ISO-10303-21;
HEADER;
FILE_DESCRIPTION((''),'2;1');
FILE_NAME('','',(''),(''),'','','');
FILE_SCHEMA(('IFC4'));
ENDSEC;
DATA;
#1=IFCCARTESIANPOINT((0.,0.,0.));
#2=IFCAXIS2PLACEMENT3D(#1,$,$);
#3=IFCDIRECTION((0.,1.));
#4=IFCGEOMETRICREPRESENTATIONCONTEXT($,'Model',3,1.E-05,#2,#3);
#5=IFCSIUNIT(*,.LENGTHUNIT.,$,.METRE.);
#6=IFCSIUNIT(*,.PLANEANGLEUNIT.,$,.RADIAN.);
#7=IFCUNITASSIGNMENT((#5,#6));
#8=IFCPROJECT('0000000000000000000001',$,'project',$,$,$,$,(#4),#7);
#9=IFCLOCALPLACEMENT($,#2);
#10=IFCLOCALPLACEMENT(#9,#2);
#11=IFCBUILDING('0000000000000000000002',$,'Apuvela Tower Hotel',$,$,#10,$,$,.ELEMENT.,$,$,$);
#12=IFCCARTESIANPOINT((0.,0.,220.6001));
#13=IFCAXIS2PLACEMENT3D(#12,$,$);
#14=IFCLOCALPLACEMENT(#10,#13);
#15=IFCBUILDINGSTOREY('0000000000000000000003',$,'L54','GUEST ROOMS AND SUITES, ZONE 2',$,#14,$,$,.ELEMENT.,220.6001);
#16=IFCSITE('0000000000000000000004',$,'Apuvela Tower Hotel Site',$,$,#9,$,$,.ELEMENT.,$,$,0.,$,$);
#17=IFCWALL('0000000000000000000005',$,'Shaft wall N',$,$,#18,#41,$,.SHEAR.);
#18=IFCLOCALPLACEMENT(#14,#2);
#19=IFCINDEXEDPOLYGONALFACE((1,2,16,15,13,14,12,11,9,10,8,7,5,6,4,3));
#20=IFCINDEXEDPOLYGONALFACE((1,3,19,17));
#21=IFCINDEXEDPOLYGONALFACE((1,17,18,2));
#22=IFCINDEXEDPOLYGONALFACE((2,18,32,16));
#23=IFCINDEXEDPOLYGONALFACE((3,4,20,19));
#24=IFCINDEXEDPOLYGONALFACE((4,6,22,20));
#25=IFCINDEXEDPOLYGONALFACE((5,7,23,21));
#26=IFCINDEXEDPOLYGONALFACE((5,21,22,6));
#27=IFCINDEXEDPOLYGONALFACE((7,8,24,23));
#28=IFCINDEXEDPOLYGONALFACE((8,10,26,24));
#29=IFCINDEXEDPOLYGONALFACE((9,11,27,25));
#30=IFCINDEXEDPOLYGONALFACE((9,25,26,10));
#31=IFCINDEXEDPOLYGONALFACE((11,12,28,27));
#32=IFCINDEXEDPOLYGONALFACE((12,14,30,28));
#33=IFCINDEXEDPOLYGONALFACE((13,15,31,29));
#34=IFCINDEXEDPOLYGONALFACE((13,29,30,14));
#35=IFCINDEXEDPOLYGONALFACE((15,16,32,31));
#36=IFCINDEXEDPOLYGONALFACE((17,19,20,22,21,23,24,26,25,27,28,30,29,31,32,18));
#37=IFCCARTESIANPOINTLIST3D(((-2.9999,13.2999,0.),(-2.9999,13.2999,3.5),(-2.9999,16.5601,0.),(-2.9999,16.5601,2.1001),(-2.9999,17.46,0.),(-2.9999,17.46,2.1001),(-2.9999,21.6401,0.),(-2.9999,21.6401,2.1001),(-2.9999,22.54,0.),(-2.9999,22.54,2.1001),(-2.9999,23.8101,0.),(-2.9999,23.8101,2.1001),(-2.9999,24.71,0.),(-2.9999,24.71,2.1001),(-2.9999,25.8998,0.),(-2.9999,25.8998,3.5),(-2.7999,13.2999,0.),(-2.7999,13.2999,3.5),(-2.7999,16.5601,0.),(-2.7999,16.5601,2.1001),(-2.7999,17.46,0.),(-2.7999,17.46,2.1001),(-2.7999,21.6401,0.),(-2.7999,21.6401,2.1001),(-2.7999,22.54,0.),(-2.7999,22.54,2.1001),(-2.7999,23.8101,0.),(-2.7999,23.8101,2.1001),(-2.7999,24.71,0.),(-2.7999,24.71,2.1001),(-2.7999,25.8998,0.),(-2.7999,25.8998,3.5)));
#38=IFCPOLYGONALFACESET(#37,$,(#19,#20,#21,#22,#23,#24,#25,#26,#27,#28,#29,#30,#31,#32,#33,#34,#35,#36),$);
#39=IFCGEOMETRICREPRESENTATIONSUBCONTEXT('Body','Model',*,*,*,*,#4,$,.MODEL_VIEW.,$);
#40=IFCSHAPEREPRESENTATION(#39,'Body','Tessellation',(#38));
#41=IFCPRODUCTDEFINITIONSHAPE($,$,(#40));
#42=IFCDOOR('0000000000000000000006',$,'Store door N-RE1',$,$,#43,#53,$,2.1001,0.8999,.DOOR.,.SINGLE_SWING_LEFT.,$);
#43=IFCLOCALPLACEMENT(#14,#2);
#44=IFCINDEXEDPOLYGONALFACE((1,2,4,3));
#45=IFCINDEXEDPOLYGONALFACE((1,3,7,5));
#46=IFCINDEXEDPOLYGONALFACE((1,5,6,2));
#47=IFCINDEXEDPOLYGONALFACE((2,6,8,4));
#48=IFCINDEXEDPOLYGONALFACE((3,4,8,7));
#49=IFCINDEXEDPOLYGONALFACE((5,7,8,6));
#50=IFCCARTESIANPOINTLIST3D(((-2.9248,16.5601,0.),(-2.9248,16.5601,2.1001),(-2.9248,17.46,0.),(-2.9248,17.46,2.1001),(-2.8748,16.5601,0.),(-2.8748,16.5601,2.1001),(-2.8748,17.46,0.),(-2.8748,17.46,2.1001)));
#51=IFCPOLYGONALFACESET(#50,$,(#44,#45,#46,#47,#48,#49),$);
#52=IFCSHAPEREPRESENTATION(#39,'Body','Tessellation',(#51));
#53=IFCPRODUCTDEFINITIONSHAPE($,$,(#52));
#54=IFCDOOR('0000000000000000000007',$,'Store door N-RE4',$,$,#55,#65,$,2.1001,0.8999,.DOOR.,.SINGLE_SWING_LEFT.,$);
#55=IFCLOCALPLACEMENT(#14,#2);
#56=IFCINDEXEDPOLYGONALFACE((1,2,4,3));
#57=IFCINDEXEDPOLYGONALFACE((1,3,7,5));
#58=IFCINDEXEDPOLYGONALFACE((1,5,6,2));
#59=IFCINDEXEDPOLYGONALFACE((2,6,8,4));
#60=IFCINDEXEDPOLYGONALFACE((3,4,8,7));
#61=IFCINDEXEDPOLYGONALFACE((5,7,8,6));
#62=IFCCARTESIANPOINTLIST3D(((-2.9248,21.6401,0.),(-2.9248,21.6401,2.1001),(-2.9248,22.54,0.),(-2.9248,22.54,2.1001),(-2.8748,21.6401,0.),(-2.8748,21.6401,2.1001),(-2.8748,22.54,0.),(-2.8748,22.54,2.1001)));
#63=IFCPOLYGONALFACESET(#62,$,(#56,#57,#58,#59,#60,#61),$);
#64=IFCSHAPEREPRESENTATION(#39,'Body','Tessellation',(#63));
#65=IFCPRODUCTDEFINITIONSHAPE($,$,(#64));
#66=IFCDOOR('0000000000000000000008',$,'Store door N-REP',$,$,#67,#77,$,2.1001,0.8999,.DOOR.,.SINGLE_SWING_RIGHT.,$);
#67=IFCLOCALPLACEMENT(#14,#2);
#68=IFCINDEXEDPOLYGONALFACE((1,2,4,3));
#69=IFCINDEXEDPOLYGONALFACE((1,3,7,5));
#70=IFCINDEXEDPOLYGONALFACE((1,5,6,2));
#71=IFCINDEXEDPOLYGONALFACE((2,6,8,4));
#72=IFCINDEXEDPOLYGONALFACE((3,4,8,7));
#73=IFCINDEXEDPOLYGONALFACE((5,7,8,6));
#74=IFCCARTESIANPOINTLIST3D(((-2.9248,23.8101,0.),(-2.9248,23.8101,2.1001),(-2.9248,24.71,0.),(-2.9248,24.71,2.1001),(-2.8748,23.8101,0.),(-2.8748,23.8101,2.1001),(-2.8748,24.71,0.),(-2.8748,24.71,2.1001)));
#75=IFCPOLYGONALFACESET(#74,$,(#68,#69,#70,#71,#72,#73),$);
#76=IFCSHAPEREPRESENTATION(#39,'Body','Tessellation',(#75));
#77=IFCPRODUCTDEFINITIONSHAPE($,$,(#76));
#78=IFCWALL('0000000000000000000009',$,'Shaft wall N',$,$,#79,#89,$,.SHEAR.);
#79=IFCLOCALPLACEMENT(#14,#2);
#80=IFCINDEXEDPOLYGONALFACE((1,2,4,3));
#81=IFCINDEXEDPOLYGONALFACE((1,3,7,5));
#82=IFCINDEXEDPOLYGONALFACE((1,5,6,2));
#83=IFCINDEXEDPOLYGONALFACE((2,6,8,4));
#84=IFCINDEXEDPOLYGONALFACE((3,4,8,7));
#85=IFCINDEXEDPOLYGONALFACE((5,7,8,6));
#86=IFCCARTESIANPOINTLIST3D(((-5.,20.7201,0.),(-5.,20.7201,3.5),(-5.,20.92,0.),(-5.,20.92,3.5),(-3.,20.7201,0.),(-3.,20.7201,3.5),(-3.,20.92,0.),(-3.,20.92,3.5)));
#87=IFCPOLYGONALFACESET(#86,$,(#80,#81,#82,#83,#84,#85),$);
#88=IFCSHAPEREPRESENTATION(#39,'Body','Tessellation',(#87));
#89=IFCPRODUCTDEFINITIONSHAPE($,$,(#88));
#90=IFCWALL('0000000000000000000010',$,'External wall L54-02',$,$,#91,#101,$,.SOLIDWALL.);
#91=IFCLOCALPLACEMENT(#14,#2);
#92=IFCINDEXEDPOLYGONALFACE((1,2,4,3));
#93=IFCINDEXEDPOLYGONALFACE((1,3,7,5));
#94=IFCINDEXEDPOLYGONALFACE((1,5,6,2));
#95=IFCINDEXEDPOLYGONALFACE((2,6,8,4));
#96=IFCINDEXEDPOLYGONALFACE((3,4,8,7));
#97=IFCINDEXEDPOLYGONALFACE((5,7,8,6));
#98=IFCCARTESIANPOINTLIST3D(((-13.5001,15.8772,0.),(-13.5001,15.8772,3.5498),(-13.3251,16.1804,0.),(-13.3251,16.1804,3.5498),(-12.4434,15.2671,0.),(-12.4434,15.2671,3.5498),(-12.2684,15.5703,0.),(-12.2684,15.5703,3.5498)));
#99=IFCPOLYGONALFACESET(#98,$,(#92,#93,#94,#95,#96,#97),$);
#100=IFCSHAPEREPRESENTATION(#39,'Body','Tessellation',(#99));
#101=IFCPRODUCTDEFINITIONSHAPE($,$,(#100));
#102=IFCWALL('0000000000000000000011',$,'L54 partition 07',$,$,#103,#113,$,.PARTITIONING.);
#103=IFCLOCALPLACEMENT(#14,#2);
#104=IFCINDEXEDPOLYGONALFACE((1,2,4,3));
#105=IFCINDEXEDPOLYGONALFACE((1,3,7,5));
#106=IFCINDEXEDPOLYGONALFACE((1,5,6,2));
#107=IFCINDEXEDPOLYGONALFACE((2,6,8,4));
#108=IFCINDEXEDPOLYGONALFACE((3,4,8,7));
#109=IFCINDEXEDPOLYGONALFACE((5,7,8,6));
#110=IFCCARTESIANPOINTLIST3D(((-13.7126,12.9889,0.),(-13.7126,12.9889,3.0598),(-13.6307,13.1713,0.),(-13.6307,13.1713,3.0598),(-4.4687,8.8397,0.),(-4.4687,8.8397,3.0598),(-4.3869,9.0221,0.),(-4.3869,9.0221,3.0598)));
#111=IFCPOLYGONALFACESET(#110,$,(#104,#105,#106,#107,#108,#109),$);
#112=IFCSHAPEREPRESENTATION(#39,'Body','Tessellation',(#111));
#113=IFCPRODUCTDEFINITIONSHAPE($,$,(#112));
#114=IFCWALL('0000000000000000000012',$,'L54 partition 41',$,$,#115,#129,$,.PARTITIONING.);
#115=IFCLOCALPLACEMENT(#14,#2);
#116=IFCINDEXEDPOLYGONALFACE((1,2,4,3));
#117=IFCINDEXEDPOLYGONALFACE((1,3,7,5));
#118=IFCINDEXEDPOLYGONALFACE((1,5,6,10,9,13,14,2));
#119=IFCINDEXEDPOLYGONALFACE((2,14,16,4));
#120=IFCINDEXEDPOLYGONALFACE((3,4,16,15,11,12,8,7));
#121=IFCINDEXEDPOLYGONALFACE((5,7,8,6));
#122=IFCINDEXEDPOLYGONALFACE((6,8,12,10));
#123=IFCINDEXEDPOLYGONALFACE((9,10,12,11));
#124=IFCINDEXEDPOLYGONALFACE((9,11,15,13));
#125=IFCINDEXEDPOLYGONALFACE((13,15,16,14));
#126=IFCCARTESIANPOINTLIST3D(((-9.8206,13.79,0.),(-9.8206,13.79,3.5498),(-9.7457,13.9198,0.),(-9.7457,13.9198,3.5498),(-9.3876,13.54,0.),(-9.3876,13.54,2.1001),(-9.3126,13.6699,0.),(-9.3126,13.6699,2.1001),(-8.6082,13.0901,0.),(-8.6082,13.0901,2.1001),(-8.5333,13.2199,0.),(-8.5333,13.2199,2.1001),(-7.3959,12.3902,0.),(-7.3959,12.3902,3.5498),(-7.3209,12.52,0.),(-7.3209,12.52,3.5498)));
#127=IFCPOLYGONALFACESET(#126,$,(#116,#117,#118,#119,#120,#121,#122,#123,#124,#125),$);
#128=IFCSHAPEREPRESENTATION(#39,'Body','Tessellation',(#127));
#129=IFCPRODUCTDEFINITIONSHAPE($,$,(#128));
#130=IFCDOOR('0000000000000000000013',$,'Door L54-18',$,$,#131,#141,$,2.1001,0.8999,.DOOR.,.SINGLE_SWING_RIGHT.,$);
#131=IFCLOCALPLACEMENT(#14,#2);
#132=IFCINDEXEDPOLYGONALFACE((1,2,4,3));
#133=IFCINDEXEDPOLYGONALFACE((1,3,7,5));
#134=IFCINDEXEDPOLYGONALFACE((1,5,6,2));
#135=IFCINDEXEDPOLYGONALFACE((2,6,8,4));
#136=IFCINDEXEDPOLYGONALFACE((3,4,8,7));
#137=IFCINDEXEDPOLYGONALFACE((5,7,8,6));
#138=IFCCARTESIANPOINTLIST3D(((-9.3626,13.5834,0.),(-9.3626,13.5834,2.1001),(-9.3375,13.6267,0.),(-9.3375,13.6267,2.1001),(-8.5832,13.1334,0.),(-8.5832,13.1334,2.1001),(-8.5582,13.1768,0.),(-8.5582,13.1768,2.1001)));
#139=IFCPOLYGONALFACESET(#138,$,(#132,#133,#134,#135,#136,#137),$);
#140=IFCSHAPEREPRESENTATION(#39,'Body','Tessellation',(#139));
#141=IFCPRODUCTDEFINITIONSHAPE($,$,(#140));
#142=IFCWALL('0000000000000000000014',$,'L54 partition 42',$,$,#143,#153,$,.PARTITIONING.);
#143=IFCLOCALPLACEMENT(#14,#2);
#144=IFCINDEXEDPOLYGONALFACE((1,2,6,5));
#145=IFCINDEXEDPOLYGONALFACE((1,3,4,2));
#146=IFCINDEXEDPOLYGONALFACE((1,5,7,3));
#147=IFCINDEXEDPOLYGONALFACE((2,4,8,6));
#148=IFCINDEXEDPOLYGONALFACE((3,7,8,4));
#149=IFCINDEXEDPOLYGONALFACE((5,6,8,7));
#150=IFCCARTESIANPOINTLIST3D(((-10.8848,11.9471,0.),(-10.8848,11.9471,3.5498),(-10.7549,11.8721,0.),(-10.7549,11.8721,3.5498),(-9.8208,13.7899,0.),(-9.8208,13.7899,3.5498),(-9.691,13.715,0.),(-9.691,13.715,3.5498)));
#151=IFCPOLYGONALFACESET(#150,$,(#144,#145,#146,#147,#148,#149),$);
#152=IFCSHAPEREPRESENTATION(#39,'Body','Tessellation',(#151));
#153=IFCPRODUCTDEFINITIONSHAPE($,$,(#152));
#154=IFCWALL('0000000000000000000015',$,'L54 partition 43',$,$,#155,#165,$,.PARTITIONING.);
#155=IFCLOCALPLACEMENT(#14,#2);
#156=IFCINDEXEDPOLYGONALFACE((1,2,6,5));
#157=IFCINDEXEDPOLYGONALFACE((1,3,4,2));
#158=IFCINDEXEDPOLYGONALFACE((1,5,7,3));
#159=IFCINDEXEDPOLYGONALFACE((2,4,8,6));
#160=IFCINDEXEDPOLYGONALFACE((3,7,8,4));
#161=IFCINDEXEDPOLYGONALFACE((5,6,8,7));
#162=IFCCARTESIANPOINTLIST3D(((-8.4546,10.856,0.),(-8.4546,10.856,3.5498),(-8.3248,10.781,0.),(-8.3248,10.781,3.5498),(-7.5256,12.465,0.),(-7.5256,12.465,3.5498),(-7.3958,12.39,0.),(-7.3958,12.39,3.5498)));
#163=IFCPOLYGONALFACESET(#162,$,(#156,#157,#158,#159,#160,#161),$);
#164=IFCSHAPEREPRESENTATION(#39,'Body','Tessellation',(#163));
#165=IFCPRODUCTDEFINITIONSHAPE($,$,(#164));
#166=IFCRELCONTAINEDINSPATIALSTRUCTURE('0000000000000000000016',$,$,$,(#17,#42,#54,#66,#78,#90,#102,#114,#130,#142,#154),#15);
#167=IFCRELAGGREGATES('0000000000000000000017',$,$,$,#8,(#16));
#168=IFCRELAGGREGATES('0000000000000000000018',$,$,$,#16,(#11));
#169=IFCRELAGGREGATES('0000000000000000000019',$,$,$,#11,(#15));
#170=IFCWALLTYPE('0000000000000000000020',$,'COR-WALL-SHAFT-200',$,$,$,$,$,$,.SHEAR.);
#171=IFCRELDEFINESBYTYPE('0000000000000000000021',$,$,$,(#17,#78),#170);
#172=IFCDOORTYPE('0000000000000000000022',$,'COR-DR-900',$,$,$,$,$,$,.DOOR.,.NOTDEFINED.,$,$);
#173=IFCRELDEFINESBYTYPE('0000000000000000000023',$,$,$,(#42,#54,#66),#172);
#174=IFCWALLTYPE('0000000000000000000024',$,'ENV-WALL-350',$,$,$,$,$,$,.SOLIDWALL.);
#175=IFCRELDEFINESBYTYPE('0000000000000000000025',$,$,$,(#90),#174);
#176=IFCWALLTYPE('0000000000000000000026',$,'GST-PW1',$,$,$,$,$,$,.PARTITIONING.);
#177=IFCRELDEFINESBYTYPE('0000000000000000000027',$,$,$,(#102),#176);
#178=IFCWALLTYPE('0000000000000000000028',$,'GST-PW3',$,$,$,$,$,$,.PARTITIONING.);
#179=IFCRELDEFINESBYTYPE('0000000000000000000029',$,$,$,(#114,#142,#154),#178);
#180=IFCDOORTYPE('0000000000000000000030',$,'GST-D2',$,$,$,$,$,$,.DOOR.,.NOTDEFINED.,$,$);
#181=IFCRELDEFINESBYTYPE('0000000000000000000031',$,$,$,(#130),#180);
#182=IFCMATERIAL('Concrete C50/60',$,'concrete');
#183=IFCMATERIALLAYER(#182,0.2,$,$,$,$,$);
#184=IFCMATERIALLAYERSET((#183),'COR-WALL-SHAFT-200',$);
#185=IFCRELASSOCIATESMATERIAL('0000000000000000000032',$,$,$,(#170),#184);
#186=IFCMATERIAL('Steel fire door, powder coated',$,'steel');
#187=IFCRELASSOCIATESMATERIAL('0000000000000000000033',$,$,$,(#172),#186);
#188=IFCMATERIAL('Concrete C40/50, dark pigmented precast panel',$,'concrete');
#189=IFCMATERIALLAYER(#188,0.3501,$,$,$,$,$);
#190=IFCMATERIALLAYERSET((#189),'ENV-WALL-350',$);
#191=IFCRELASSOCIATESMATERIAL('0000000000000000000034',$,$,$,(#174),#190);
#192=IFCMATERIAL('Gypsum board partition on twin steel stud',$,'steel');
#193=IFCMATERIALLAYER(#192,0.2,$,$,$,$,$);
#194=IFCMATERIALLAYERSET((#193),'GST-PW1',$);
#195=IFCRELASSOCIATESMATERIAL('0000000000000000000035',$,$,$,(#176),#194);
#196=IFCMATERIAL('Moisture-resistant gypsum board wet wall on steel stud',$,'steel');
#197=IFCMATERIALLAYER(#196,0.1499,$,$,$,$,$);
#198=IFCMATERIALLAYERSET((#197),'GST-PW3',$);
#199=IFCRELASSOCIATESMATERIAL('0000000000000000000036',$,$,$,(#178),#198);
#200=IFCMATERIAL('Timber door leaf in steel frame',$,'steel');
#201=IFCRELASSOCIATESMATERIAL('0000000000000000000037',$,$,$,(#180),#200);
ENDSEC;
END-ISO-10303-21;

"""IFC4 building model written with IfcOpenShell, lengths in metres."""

from ifc_helpers import new_model, si_unit, direction, frame, frame_2d, origin, place, context, subcontext, project, spatial, rectangle, extrude, material, layer, layer_set, type_object, element, fill, save


model = new_model("IFC4")

# Units and contexts
model_context = context("Model", 3, precision=1e-05, world=origin(), true_north=direction((0.0, 1.0)))
body_context = subcontext(model_context, "Body", "Model", "MODEL_VIEW")
ifc_project = project(units=[si_unit("LENGTHUNIT", "METRE"), si_unit("PLANEANGLEUNIT", "RADIAN")], contexts=[model_context])

# Site, building, storey
site_placement = place(None, origin())
site = spatial("IfcSite", under=ifc_project, at=site_placement, Name="Apuvela Tower Hotel Site", CompositionType="ELEMENT", RefElevation=0.0)
building_placement = place(site_placement, origin())
building = spatial("IfcBuilding", under=site, at=building_placement, Name="Apuvela Tower Hotel", CompositionType="ELEMENT")
storey_placement = place(building_placement, frame((0.0, 0.0, 220.6001)))
storey = spatial("IfcBuildingStorey", under=building, at=storey_placement, Name="L54", Description="GUEST ROOMS AND SUITES, ZONE 2", CompositionType="ELEMENT", Elevation=220.6001)

# Shared definitions
ifc_material_1 = material(Name="Concrete C50/60", Category="concrete")
ifc_layer_1 = layer(ifc_material_1, 0.2)
ifc_layer_set_1 = layer_set([ifc_layer_1], Name="COR-WALL-SHAFT-200")
wall_type_1 = type_object("IfcWallType", Name="COR-WALL-SHAFT-200", PredefinedType="SHEAR", material=ifc_layer_set_1)

# Wall, openings, doors
wall_1_placement = place(storey_placement, frame((-2.8999, 13.3, 0.0), z_axis=(0.0, 0.0, 1.0), x_axis=(0.0, 1.0, 0.0)))
wall_1 = element("IfcWall", 1, at=wall_1_placement, inside=storey, type_object=wall_type_1, Name="Shaft wall N", PredefinedType="SHEAR", context=body_context, shape_type="SweptSolid", body=[
    extrude(rectangle(XDim=12.5999, YDim=0.2, at=frame_2d((6.2998, 0.0))), origin(), (0.0, 0.0, 1.0), 3.5),
])
opening_1_placement = place(wall_1_placement, frame((3.26, 0.0, 0.0)))
opening_1 = element("IfcOpeningElement", 2, at=opening_1_placement, cuts=wall_1, PredefinedType="OPENING", context=body_context, shape_type="SweptSolid", body=[
    extrude(rectangle(XDim=0.8999, YDim=2.1001, at=frame_2d((0.45, 1.05))), frame((0.0, 0.1099, 0.0), z_axis=(0.0, -1.0, 0.0), x_axis=(1.0, 0.0, 0.0)), (0.0, 0.0, 1.0), 0.22),
])
opening_2_placement = place(wall_1_placement, frame((8.3401, 0.0, 0.0)))
opening_2 = element("IfcOpeningElement", 3, at=opening_2_placement, cuts=wall_1, PredefinedType="OPENING", context=body_context, shape_type="SweptSolid", body=[
    extrude(rectangle(XDim=0.8999, YDim=2.1001, at=frame_2d((0.45, 1.05))), frame((0.0, 0.1099, 0.0), z_axis=(0.0, -1.0, 0.0), x_axis=(1.0, 0.0, 0.0)), (0.0, 0.0, 1.0), 0.22),
])
opening_3_placement = place(wall_1_placement, frame((10.51, 0.0, 0.0)))
opening_3 = element("IfcOpeningElement", 4, at=opening_3_placement, cuts=wall_1, PredefinedType="OPENING", context=body_context, shape_type="SweptSolid", body=[
    extrude(rectangle(XDim=0.8999, YDim=2.1001, at=frame_2d((0.45, 1.05))), frame((0.0, 0.1099, 0.0), z_axis=(0.0, -1.0, 0.0), x_axis=(1.0, 0.0, 0.0)), (0.0, 0.0, 1.0), 0.22),
])
ifc_material_2 = material(Name="Steel fire door, powder coated", Category="steel")
door_type_1 = type_object("IfcDoorType", Name="COR-DR-900", OperationType="NOTDEFINED", PredefinedType="DOOR", material=ifc_material_2)
door_1_placement = place(opening_1_placement, origin())
door_1 = element("IfcDoor", 5, at=door_1_placement, inside=storey, type_object=door_type_1, Name="Store door N-RE1", OperationType="SINGLE_SWING_LEFT", OverallHeight=2.1001, OverallWidth=0.8999, PredefinedType="DOOR", context=body_context, shape_type="SweptSolid", body=[
    extrude(rectangle(XDim=0.8999, YDim=2.1001, at=frame_2d((0.45, 1.05))), frame((0.0, 0.0249, 0.0), z_axis=(0.0, -1.0, 0.0), x_axis=(1.0, 0.0, 0.0)), (0.0, 0.0, 1.0), 0.05),
])
fill(opening_1, door_1)
door_2_placement = place(opening_2_placement, origin())
door_2 = element("IfcDoor", 6, at=door_2_placement, inside=storey, type_object=door_type_1, Name="Store door N-RE4", OperationType="SINGLE_SWING_LEFT", OverallHeight=2.1001, OverallWidth=0.8999, PredefinedType="DOOR", context=body_context, shape_type="SweptSolid", body=[
    extrude(rectangle(XDim=0.8999, YDim=2.1001, at=frame_2d((0.45, 1.05))), frame((0.0, 0.0249, 0.0), z_axis=(0.0, -1.0, 0.0), x_axis=(1.0, 0.0, 0.0)), (0.0, 0.0, 1.0), 0.05),
])
fill(opening_2, door_2)
door_3_placement = place(opening_3_placement, origin())
door_3 = element("IfcDoor", 7, at=door_3_placement, inside=storey, type_object=door_type_1, Name="Store door N-REP", OperationType="SINGLE_SWING_RIGHT", OverallHeight=2.1001, OverallWidth=0.8999, PredefinedType="DOOR", context=body_context, shape_type="SweptSolid", body=[
    extrude(rectangle(XDim=0.8999, YDim=2.1001, at=frame_2d((0.45, 1.05))), frame((0.0, 0.0249, 0.0), z_axis=(0.0, -1.0, 0.0), x_axis=(1.0, 0.0, 0.0)), (0.0, 0.0, 1.0), 0.05),
])
fill(opening_3, door_3)

# Walls
wall_2_placement = place(storey_placement, frame((-3.0, 20.8201, 0.0), z_axis=(0.0, 0.0, 1.0), x_axis=(-1.0, 0.0, 0.0)))
element("IfcWall", 8, at=wall_2_placement, inside=storey, type_object=wall_type_1, Name="Shaft wall N", PredefinedType="SHEAR", context=body_context, shape_type="SweptSolid", body=[
    extrude(rectangle(XDim=2.0, YDim=0.2, at=frame_2d((1.0, 0.0))), origin(), (0.0, 0.0, 1.0), 3.5),
])
ifc_material_3 = material(Name="Concrete C40/50, dark pigmented precast panel", Category="concrete")
ifc_layer_2 = layer(ifc_material_3, 0.3501)
ifc_layer_set_2 = layer_set([ifc_layer_2], Name="ENV-WALL-350")
wall_type_2 = type_object("IfcWallType", Name="ENV-WALL-350", PredefinedType="SOLIDWALL", material=ifc_layer_set_2)
wall_3_placement = place(storey_placement, frame((-13.4126, 16.0288, 0.0), z_axis=(0.0, 0.0, 1.0), x_axis=(0.866006, -0.500034, 0.0)))
element("IfcWall", 9, at=wall_3_placement, inside=storey, type_object=wall_type_2, Name="External wall L54-02", PredefinedType="SOLIDWALL", context=body_context, shape_type="SweptSolid", body=[
    extrude(rectangle(XDim=1.2202, YDim=0.3501, at=frame_2d((0.6101, 0.0))), origin(), (0.0, 0.0, 1.0), 3.5498),
])

# Wall
ifc_material_4 = material(Name="Gypsum board partition on twin steel stud", Category="steel")
ifc_layer_3 = layer(ifc_material_4, 0.2)
ifc_layer_set_3 = layer_set([ifc_layer_3], Name="GST-PW1")
wall_type_3 = type_object("IfcWallType", Name="GST-PW1", PredefinedType="PARTITIONING", material=ifc_layer_set_3)
wall_4_placement = place(storey_placement, frame((-13.6716, 13.0801, 0.0), z_axis=(0.0, 0.0, 1.0), x_axis=(0.912312, -0.409496, 0.0)))
element("IfcWall", 10, at=wall_4_placement, inside=storey, type_object=wall_type_3, Name="L54 partition 07", PredefinedType="PARTITIONING", context=body_context, shape_type="SweptSolid", body=[
    extrude(rectangle(XDim=10.1323, YDim=0.2, at=frame_2d((5.0662, 0.0))), origin(), (0.0, 0.0, 1.0), 3.0598),
])

# Wall, opening, door
ifc_material_5 = material(Name="Moisture-resistant gypsum board wet wall on steel stud", Category="steel")
ifc_layer_4 = layer(ifc_material_5, 0.1499)
ifc_layer_set_4 = layer_set([ifc_layer_4], Name="GST-PW3")
wall_type_4 = type_object("IfcWallType", Name="GST-PW3", PredefinedType="PARTITIONING", material=ifc_layer_set_4)
wall_5_placement = place(storey_placement, frame((-7.3584, 12.4551, 0.0), z_axis=(0.0, 0.0, 1.0), x_axis=(-0.866035, 0.499984, 0.0)))
wall_5 = element("IfcWall", 11, at=wall_5_placement, inside=storey, type_object=wall_type_4, Name="L54 partition 41", PredefinedType="PARTITIONING", context=body_context, shape_type="SweptSolid", body=[
    extrude(rectangle(XDim=2.7998, YDim=0.1499, at=frame_2d((1.3999, 0.0))), origin(), (0.0, 0.0, 1.0), 3.5498),
])
opening_4_placement = place(wall_5_placement, frame((1.3999, 0.0, 0.0)))
opening_4 = element("IfcOpeningElement", 12, at=opening_4_placement, cuts=wall_5, PredefinedType="OPENING", context=body_context, shape_type="SweptSolid", body=[
    extrude(rectangle(XDim=0.8999, YDim=2.1001, at=frame_2d((0.45, 1.05))), frame((0.0, 0.085, 0.0), z_axis=(0.0, -1.0, 0.0), x_axis=(1.0, 0.0, 0.0)), (0.0, 0.0, 1.0), 0.1699),
])
ifc_material_6 = material(Name="Timber door leaf in steel frame", Category="steel")
door_type_2 = type_object("IfcDoorType", Name="GST-D2", OperationType="NOTDEFINED", PredefinedType="DOOR", material=ifc_material_6)
door_4_placement = place(opening_4_placement, origin())
door_4 = element("IfcDoor", 13, at=door_4_placement, inside=storey, type_object=door_type_2, Name="Door L54-18", OperationType="SINGLE_SWING_RIGHT", OverallHeight=2.1001, OverallWidth=0.8999, PredefinedType="DOOR", context=body_context, shape_type="SweptSolid", body=[
    extrude(rectangle(XDim=0.8999, YDim=2.1001, at=frame_2d((0.45, 1.05))), frame((0.0, 0.0249, 0.0), z_axis=(0.0, -1.0, 0.0), x_axis=(1.0, 0.0, 0.0)), (0.0, 0.0, 1.0), 0.05),
])
fill(opening_4, door_4)

# Walls
wall_6_placement = place(storey_placement, frame((-9.7559, 13.7524, 0.0), z_axis=(0.0, 0.0, 1.0), x_axis=(-0.500014, -0.866017, 0.0)))
element("IfcWall", 14, at=wall_6_placement, inside=storey, type_object=wall_type_4, Name="L54 partition 42", PredefinedType="PARTITIONING", context=body_context, shape_type="SweptSolid", body=[
    extrude(rectangle(XDim=2.1279, YDim=0.1499, at=frame_2d((1.064, 0.0))), origin(), (0.0, 0.0, 1.0), 3.5498),
])
wall_7_placement = place(storey_placement, frame((-7.4607, 12.4275, 0.0), z_axis=(0.0, 0.0, 1.0), x_axis=(-0.500026, -0.866011, 0.0)))
element("IfcWall", 15, at=wall_7_placement, inside=storey, type_object=wall_type_4, Name="L54 partition 43", PredefinedType="PARTITIONING", context=body_context, shape_type="SweptSolid", body=[
    extrude(rectangle(XDim=1.8579, YDim=0.1499, at=frame_2d((0.929, 0.0))), origin(), (0.0, 0.0, 1.0), 3.5498),
])

save(model, "model.ifc")
